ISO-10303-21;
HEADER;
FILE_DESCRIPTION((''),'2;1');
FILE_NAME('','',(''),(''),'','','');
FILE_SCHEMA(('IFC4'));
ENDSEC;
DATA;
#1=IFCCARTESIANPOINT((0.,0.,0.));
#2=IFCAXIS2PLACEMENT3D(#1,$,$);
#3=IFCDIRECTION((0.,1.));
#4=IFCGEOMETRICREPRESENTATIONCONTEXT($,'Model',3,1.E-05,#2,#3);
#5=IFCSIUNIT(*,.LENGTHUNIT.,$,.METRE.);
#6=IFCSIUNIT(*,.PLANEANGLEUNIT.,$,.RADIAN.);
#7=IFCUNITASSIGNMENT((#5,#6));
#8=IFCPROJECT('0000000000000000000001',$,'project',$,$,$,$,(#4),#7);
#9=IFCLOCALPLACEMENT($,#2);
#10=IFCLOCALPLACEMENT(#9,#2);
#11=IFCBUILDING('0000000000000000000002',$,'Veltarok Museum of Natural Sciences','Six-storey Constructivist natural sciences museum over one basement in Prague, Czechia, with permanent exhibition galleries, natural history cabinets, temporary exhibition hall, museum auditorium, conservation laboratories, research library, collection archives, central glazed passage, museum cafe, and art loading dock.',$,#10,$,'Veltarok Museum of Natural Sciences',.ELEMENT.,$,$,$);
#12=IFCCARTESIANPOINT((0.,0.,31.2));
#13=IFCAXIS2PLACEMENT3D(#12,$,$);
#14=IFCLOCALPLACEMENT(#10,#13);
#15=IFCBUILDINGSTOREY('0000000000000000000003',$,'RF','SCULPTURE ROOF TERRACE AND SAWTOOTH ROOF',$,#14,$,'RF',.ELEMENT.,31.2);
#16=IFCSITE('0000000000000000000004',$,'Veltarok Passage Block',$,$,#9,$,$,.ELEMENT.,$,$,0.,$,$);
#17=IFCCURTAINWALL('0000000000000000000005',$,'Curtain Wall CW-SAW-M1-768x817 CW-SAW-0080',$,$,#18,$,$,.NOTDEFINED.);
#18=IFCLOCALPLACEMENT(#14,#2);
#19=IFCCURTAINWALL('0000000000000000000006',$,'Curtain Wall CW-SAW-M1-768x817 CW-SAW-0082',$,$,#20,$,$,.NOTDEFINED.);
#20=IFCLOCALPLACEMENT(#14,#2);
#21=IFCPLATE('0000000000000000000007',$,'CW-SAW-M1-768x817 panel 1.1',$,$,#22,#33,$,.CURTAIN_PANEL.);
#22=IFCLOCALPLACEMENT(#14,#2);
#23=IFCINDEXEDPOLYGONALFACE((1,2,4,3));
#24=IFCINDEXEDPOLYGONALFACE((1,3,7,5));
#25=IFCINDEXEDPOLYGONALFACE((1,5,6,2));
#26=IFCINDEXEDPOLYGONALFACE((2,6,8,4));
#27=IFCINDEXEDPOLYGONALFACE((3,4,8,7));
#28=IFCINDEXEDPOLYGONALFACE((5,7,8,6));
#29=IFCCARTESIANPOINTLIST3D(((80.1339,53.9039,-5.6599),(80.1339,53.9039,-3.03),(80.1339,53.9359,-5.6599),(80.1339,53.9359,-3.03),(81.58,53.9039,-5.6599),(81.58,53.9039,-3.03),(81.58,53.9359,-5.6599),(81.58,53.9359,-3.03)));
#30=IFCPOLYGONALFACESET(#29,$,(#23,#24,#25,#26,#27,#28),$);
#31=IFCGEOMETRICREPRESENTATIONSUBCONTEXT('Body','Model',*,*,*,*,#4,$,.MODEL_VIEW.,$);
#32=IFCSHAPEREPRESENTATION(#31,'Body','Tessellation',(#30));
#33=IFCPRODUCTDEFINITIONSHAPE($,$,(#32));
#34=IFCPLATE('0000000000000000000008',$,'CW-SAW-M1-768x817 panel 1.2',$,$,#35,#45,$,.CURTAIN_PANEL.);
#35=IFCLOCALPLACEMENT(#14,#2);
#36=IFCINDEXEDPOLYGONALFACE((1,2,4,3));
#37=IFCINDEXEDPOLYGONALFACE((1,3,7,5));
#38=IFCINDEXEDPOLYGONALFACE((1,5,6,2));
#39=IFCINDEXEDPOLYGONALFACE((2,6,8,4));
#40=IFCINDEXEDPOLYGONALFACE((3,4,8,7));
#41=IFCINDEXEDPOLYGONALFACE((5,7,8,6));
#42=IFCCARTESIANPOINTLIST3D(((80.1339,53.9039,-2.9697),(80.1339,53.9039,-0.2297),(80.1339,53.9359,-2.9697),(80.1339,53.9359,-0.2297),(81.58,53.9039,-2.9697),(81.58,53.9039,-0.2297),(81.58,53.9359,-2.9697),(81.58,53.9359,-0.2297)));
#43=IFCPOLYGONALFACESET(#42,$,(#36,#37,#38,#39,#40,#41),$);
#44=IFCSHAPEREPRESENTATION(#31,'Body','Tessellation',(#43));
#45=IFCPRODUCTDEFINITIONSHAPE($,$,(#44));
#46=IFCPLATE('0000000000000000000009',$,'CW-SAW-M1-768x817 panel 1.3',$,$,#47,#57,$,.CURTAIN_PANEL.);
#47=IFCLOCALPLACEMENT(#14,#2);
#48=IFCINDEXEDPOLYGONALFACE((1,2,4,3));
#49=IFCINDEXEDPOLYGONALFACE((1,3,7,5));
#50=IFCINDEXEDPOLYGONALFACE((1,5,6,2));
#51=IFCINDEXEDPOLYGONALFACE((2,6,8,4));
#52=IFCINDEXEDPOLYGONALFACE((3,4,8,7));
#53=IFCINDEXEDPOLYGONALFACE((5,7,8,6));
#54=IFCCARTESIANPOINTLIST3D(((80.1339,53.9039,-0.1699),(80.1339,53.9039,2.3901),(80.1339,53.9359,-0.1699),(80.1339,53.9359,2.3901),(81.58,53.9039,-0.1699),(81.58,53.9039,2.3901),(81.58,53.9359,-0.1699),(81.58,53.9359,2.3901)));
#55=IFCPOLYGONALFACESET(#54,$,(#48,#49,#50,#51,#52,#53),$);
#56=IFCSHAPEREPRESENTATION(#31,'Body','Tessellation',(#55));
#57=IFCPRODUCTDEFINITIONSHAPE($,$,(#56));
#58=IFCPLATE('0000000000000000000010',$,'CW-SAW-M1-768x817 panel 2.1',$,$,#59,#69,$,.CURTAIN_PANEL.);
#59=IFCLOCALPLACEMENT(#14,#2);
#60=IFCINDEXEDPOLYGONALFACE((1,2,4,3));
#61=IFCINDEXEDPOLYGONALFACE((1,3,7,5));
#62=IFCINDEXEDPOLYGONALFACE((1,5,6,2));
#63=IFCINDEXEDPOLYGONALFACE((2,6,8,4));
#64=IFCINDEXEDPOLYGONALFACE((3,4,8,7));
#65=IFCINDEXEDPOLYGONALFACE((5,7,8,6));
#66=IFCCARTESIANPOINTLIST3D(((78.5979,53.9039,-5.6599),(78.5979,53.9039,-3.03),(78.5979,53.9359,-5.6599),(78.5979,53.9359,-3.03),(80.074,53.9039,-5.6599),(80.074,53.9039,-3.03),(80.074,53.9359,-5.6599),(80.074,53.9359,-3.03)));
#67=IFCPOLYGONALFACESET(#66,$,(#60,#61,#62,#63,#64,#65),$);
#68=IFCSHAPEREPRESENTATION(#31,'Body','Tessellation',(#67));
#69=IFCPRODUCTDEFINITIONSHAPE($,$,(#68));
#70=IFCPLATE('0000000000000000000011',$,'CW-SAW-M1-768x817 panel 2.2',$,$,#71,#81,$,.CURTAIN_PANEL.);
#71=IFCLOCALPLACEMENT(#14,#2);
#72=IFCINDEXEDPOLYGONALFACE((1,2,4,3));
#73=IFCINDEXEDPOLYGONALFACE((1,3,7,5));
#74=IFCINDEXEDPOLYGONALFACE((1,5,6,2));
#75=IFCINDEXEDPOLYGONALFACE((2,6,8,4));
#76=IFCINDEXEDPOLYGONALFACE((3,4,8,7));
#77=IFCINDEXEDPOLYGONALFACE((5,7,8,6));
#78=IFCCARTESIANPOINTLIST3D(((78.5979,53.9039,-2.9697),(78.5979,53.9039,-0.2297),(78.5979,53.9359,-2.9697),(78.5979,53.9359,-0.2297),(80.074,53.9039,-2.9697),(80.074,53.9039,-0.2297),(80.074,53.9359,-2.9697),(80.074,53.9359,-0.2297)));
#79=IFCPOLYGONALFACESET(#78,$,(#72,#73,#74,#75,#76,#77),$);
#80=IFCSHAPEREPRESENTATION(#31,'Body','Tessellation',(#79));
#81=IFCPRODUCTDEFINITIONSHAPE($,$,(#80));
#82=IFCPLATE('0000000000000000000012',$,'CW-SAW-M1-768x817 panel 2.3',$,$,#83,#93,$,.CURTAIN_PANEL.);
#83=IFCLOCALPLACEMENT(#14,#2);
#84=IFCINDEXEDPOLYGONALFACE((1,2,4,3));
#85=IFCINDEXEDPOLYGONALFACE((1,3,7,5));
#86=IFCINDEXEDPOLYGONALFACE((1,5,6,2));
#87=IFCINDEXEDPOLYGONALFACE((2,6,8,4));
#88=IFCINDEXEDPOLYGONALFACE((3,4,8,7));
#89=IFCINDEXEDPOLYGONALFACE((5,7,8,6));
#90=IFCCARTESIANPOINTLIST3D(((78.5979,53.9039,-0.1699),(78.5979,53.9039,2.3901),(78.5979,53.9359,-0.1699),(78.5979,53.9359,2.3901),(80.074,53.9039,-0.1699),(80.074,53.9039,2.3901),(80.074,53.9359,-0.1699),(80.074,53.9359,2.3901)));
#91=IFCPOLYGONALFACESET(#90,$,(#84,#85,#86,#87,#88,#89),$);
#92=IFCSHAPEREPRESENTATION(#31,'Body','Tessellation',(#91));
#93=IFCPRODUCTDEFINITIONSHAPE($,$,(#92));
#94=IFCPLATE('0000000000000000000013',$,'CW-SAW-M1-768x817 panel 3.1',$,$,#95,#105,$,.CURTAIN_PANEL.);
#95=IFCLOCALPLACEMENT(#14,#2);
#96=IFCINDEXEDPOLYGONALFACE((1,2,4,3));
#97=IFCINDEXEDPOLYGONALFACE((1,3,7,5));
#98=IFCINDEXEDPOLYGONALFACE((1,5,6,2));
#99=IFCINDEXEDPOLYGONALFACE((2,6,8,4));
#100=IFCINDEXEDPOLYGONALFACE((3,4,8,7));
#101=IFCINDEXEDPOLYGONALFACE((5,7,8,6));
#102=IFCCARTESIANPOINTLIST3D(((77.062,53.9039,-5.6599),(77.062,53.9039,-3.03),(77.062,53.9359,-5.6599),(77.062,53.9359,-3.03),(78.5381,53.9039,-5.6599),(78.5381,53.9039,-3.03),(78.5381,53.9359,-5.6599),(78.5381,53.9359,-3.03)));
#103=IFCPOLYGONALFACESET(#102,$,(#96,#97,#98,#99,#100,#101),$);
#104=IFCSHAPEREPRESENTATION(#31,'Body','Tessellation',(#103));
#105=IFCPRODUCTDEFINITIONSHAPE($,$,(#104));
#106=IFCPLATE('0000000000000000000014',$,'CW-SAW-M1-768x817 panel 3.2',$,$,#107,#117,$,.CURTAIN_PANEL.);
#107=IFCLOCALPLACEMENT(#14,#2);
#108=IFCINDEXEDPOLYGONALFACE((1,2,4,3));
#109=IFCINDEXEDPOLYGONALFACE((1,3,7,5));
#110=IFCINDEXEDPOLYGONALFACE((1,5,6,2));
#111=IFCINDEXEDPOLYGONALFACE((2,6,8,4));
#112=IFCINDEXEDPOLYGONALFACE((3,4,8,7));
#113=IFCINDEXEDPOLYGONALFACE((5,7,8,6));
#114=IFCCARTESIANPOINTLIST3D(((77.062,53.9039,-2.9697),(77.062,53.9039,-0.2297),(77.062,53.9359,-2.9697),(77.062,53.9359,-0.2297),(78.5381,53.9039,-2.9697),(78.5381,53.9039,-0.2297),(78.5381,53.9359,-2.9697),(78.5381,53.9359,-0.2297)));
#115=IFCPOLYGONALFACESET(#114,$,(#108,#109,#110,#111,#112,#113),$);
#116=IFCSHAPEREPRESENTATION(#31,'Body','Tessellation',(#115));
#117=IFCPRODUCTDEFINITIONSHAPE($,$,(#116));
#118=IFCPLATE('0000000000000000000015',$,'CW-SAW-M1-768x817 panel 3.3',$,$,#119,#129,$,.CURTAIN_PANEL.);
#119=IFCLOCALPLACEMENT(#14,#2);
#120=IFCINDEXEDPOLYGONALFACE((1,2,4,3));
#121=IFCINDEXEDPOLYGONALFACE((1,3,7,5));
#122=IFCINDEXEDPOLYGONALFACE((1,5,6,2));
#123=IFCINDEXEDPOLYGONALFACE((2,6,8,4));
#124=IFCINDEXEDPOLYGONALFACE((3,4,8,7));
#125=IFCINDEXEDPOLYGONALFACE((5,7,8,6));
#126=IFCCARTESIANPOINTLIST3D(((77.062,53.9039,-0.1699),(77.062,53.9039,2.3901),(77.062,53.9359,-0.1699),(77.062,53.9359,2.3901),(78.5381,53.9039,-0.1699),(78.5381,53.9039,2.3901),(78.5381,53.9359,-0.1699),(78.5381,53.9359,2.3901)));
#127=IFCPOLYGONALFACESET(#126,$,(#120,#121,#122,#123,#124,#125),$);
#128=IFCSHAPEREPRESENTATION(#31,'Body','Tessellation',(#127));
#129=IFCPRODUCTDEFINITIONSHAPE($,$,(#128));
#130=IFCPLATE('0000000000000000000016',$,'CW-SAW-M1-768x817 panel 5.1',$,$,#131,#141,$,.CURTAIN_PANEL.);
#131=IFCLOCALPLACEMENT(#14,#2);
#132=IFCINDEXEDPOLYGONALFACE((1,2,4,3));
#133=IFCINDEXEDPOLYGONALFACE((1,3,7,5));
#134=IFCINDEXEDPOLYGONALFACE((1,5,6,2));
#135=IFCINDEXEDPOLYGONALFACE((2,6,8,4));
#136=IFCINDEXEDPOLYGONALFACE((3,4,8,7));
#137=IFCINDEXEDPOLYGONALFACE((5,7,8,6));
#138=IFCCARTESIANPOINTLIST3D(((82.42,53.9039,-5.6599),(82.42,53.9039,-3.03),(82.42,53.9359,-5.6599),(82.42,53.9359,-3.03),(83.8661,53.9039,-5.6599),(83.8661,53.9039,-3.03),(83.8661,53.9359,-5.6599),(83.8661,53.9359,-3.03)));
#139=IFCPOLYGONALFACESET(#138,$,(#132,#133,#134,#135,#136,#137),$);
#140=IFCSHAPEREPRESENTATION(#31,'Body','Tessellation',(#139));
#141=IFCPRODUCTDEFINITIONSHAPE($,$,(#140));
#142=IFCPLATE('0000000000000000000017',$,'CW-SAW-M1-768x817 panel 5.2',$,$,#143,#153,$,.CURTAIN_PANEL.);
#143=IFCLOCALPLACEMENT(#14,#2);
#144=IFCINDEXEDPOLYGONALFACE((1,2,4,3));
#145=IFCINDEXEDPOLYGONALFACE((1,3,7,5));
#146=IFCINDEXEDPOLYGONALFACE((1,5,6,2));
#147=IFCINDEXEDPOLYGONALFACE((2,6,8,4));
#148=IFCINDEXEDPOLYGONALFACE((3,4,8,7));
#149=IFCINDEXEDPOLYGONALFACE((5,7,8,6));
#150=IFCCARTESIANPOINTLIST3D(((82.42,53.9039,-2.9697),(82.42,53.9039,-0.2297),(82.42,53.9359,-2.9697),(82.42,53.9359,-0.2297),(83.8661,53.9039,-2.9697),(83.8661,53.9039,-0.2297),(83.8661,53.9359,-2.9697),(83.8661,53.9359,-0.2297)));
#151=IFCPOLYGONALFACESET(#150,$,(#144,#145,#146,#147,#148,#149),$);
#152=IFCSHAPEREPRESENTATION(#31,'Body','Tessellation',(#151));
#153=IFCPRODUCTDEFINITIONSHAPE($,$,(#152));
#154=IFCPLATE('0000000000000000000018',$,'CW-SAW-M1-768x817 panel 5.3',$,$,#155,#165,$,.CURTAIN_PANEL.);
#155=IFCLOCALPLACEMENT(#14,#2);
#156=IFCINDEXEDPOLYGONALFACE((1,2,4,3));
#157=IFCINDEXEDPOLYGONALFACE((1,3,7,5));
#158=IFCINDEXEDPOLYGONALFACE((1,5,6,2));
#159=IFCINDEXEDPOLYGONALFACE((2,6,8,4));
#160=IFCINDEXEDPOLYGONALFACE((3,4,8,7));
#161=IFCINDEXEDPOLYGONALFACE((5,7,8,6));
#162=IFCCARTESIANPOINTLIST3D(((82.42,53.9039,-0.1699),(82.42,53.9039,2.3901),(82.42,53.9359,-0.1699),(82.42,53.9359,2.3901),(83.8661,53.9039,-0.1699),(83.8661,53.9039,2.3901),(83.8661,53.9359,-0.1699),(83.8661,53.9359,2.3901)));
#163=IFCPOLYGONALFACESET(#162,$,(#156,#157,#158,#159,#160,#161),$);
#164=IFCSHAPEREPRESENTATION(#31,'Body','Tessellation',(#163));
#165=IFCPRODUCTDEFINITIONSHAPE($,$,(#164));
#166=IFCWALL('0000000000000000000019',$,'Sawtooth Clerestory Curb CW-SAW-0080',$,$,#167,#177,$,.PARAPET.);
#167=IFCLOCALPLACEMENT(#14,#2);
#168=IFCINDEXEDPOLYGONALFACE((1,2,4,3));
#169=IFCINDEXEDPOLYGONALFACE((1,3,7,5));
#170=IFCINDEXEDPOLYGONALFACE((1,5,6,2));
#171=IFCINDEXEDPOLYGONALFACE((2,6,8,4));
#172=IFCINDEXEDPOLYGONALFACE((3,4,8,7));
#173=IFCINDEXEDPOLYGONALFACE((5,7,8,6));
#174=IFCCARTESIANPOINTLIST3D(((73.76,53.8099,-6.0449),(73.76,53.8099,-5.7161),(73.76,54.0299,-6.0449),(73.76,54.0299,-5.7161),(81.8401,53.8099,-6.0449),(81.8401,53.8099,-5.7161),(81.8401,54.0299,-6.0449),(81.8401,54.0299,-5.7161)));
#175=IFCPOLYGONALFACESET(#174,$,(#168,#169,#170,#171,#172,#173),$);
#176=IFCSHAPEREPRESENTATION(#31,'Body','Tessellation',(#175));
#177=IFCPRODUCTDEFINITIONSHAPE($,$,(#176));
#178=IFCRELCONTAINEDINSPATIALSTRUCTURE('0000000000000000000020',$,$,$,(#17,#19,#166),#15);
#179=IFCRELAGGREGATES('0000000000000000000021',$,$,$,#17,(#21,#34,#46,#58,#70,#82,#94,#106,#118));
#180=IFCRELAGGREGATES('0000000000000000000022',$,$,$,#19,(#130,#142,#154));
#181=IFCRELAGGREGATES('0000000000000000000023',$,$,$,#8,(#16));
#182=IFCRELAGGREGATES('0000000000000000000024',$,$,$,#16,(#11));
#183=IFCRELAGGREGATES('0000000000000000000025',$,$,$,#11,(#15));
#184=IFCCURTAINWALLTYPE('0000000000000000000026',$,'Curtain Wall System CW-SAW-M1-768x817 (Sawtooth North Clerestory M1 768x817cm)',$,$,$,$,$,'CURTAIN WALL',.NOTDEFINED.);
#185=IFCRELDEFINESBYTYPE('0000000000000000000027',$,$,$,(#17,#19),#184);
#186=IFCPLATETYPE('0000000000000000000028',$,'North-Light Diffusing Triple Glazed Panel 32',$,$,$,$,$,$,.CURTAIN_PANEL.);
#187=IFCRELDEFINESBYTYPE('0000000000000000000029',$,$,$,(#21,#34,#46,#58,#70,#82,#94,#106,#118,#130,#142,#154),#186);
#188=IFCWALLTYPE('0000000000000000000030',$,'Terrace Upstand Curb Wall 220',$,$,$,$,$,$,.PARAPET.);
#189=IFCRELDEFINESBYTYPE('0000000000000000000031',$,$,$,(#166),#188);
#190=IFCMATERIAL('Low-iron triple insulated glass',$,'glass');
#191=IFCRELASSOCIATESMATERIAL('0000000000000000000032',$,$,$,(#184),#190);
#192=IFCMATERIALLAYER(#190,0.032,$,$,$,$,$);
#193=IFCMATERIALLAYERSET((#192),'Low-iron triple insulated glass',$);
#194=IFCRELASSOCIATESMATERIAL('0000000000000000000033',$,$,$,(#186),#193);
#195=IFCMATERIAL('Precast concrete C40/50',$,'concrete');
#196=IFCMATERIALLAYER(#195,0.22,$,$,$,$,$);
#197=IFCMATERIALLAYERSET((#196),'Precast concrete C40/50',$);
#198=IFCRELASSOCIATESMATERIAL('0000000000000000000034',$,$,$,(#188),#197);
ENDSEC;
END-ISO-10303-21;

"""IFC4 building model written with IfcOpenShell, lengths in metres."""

from ifc_helpers import new_model, si_unit, direction, frame, frame_2d, origin, origin_2d, place, context, subcontext, project, spatial, rectangle, extrude, material, layer, layer_set, type_object, element, aggregate, save


model = new_model("IFC4")

# Units and contexts
model_context = context("Model", 3, precision=1e-05, world=origin(), true_north=direction((0.0, 1.0)))
body_context = subcontext(model_context, "Body", "Model", "MODEL_VIEW")
ifc_project = project(units=[si_unit("LENGTHUNIT", "METRE"), si_unit("PLANEANGLEUNIT", "RADIAN")], contexts=[model_context])

# Site, building, storey
site_placement = place(None, origin())
site = spatial("IfcSite", under=ifc_project, at=site_placement, Name="Veltarok Passage Block", CompositionType="ELEMENT", RefElevation=0.0)
building_placement = place(site_placement, origin())
building = spatial("IfcBuilding", under=site, at=building_placement, Name="Veltarok Museum of Natural Sciences", Description="Six-storey Constructivist natural sciences museum over one basement in Prague, Czechia, with permanent exhibition galleries, natural history cabinets, temporary exhibition hall, museum auditorium, conservation laboratories, research library, collection archives, central glazed passage, museum cafe, and art loading dock.", LongName="Veltarok Museum of Natural Sciences", CompositionType="ELEMENT")
storey_placement = place(building_placement, frame((0.0, 0.0, 31.2)))
storey = spatial("IfcBuildingStorey", under=building, at=storey_placement, Name="RF", Description="SCULPTURE ROOF TERRACE AND SAWTOOTH ROOF", LongName="RF", CompositionType="ELEMENT", Elevation=31.2)

# Curtain wall
ifc_material_1 = material(Name="Low-iron triple insulated glass", Category="glass")
curtain_wall_type = type_object("IfcCurtainWallType", Name="Curtain Wall System CW-SAW-M1-768x817 (Sawtooth North Clerestory M1 768x817cm)", ElementType="CURTAIN WALL", PredefinedType="NOTDEFINED", material=ifc_material_1)
curtain_wall_1_placement = place(storey_placement, origin())
curtain_wall_1 = element("IfcCurtainWall", 1, at=curtain_wall_1_placement, inside=storey, type_object=curtain_wall_type, Name="Curtain Wall CW-SAW-M1-768x817 CW-SAW-0080", PredefinedType="NOTDEFINED")

# Curtain wall
curtain_wall_2_placement = place(storey_placement, origin())
curtain_wall_2 = element("IfcCurtainWall", 2, at=curtain_wall_2_placement, inside=storey, type_object=curtain_wall_type, Name="Curtain Wall CW-SAW-M1-768x817 CW-SAW-0082", PredefinedType="NOTDEFINED")

# Plates
ifc_layer_1 = layer(ifc_material_1, 0.032)
ifc_layer_set_1 = layer_set([ifc_layer_1], Name="Low-iron triple insulated glass")
plate_type = type_object("IfcPlateType", Name="North-Light Diffusing Triple Glazed Panel 32", PredefinedType="CURTAIN_PANEL", material=ifc_layer_set_1)
plate_1_placement = place(storey_placement, frame((80.8569, 53.9199, -5.6599), z_axis=(0.0, 0.0, 1.0), x_axis=(-1.0, 0.0, 0.0)))
plate_1 = element("IfcPlate", 3, at=plate_1_placement, type_object=plate_type, Name="CW-SAW-M1-768x817 panel 1.1", PredefinedType="CURTAIN_PANEL", context=body_context, shape_type="SweptSolid", body=[
    extrude(rectangle(XDim=1.446, YDim=0.032, at=origin_2d()), origin(), (0.0, 0.0, 1.0), 2.6299),
])
plate_2_placement = place(storey_placement, frame((80.8569, 53.9199, -2.9697), z_axis=(0.0, 0.0, 1.0), x_axis=(-1.0, 0.0, 0.0)))
plate_2 = element("IfcPlate", 4, at=plate_2_placement, type_object=plate_type, Name="CW-SAW-M1-768x817 panel 1.2", PredefinedType="CURTAIN_PANEL", context=body_context, shape_type="SweptSolid", body=[
    extrude(rectangle(XDim=1.446, YDim=0.032, at=origin_2d()), origin(), (0.0, 0.0, 1.0), 2.74),
])
plate_3_placement = place(storey_placement, frame((80.8569, 53.9199, -0.1699), z_axis=(0.0, 0.0, 1.0), x_axis=(-1.0, 0.0, 0.0)))
plate_3 = element("IfcPlate", 5, at=plate_3_placement, type_object=plate_type, Name="CW-SAW-M1-768x817 panel 1.3", PredefinedType="CURTAIN_PANEL", context=body_context, shape_type="SweptSolid", body=[
    extrude(rectangle(XDim=1.446, YDim=0.032, at=origin_2d()), origin(), (0.0, 0.0, 1.0), 2.5601),
])
plate_4_placement = place(storey_placement, frame((79.3359, 53.9199, -5.6599), z_axis=(0.0, 0.0, 1.0), x_axis=(-1.0, 0.0, 0.0)))
plate_4 = element("IfcPlate", 6, at=plate_4_placement, type_object=plate_type, Name="CW-SAW-M1-768x817 panel 2.1", PredefinedType="CURTAIN_PANEL", context=body_context, shape_type="SweptSolid", body=[
    extrude(rectangle(XDim=1.4761, YDim=0.032, at=origin_2d()), origin(), (0.0, 0.0, 1.0), 2.6299),
])
plate_5_placement = place(storey_placement, frame((79.3359, 53.9199, -2.9697), z_axis=(0.0, 0.0, 1.0), x_axis=(-1.0, 0.0, 0.0)))
plate_5 = element("IfcPlate", 7, at=plate_5_placement, type_object=plate_type, Name="CW-SAW-M1-768x817 panel 2.2", PredefinedType="CURTAIN_PANEL", context=body_context, shape_type="SweptSolid", body=[
    extrude(rectangle(XDim=1.4761, YDim=0.032, at=origin_2d()), origin(), (0.0, 0.0, 1.0), 2.74),
])
plate_6_placement = place(storey_placement, frame((79.3359, 53.9199, -0.1699), z_axis=(0.0, 0.0, 1.0), x_axis=(-1.0, 0.0, 0.0)))
plate_6 = element("IfcPlate", 8, at=plate_6_placement, type_object=plate_type, Name="CW-SAW-M1-768x817 panel 2.3", PredefinedType="CURTAIN_PANEL", context=body_context, shape_type="SweptSolid", body=[
    extrude(rectangle(XDim=1.4761, YDim=0.032, at=origin_2d()), origin(), (0.0, 0.0, 1.0), 2.5601),
])
plate_7_placement = place(storey_placement, frame((77.8, 53.9199, -5.6599), z_axis=(0.0, 0.0, 1.0), x_axis=(-1.0, 0.0, 0.0)))
plate_7 = element("IfcPlate", 9, at=plate_7_placement, type_object=plate_type, Name="CW-SAW-M1-768x817 panel 3.1", PredefinedType="CURTAIN_PANEL", context=body_context, shape_type="SweptSolid", body=[
    extrude(rectangle(XDim=1.4761, YDim=0.032, at=origin_2d()), origin(), (0.0, 0.0, 1.0), 2.6299),
])
plate_8_placement = place(storey_placement, frame((77.8, 53.9199, -2.9697), z_axis=(0.0, 0.0, 1.0), x_axis=(-1.0, 0.0, 0.0)))
plate_8 = element("IfcPlate", 10, at=plate_8_placement, type_object=plate_type, Name="CW-SAW-M1-768x817 panel 3.2", PredefinedType="CURTAIN_PANEL", context=body_context, shape_type="SweptSolid", body=[
    extrude(rectangle(XDim=1.4761, YDim=0.032, at=origin_2d()), origin(), (0.0, 0.0, 1.0), 2.74),
])
plate_9_placement = place(storey_placement, frame((77.8, 53.9199, -0.1699), z_axis=(0.0, 0.0, 1.0), x_axis=(-1.0, 0.0, 0.0)))
plate_9 = element("IfcPlate", 11, at=plate_9_placement, type_object=plate_type, Name="CW-SAW-M1-768x817 panel 3.3", PredefinedType="CURTAIN_PANEL", context=body_context, shape_type="SweptSolid", body=[
    extrude(rectangle(XDim=1.4761, YDim=0.032, at=origin_2d()), origin(), (0.0, 0.0, 1.0), 2.5601),
])
aggregate(curtain_wall_1, [plate_1, plate_2, plate_3, plate_4, plate_5, plate_6, plate_7, plate_8, plate_9])
plate_10_placement = place(storey_placement, frame((83.1431, 53.9199, -5.6599), z_axis=(0.0, 0.0, 1.0), x_axis=(-1.0, 0.0, 0.0)))
plate_10 = element("IfcPlate", 12, at=plate_10_placement, type_object=plate_type, Name="CW-SAW-M1-768x817 panel 5.1", PredefinedType="CURTAIN_PANEL", context=body_context, shape_type="SweptSolid", body=[
    extrude(rectangle(XDim=1.446, YDim=0.032, at=origin_2d()), origin(), (0.0, 0.0, 1.0), 2.6299),
])
plate_11_placement = place(storey_placement, frame((83.1431, 53.9199, -2.9697), z_axis=(0.0, 0.0, 1.0), x_axis=(-1.0, 0.0, 0.0)))
plate_11 = element("IfcPlate", 13, at=plate_11_placement, type_object=plate_type, Name="CW-SAW-M1-768x817 panel 5.2", PredefinedType="CURTAIN_PANEL", context=body_context, shape_type="SweptSolid", body=[
    extrude(rectangle(XDim=1.446, YDim=0.032, at=origin_2d()), origin(), (0.0, 0.0, 1.0), 2.74),
])
plate_12_placement = place(storey_placement, frame((83.1431, 53.9199, -0.1699), z_axis=(0.0, 0.0, 1.0), x_axis=(-1.0, 0.0, 0.0)))
plate_12 = element("IfcPlate", 14, at=plate_12_placement, type_object=plate_type, Name="CW-SAW-M1-768x817 panel 5.3", PredefinedType="CURTAIN_PANEL", context=body_context, shape_type="SweptSolid", body=[
    extrude(rectangle(XDim=1.446, YDim=0.032, at=origin_2d()), origin(), (0.0, 0.0, 1.0), 2.5601),
])
aggregate(curtain_wall_2, [plate_10, plate_11, plate_12])

# Wall
ifc_material_2 = material(Name="Precast concrete C40/50", Category="concrete")
ifc_layer_2 = layer(ifc_material_2, 0.22)
ifc_layer_set_2 = layer_set([ifc_layer_2], Name="Precast concrete C40/50")
wall_type = type_object("IfcWallType", Name="Terrace Upstand Curb Wall 220", PredefinedType="PARAPET", material=ifc_layer_set_2)
wall_placement = place(storey_placement, frame((81.8401, 53.9199, -6.0449), z_axis=(0.0, 0.0, 1.0), x_axis=(-1.0, 0.0, 0.0)))
element("IfcWall", 15, at=wall_placement, inside=storey, type_object=wall_type, Name="Sawtooth Clerestory Curb CW-SAW-0080", PredefinedType="PARAPET", context=body_context, shape_type="SweptSolid", body=[
    extrude(rectangle(XDim=8.0801, YDim=0.22, at=frame_2d((4.04, 0.0))), origin(), (0.0, 0.0, 1.0), 0.3289),
])

save(model, "model.ifc")
